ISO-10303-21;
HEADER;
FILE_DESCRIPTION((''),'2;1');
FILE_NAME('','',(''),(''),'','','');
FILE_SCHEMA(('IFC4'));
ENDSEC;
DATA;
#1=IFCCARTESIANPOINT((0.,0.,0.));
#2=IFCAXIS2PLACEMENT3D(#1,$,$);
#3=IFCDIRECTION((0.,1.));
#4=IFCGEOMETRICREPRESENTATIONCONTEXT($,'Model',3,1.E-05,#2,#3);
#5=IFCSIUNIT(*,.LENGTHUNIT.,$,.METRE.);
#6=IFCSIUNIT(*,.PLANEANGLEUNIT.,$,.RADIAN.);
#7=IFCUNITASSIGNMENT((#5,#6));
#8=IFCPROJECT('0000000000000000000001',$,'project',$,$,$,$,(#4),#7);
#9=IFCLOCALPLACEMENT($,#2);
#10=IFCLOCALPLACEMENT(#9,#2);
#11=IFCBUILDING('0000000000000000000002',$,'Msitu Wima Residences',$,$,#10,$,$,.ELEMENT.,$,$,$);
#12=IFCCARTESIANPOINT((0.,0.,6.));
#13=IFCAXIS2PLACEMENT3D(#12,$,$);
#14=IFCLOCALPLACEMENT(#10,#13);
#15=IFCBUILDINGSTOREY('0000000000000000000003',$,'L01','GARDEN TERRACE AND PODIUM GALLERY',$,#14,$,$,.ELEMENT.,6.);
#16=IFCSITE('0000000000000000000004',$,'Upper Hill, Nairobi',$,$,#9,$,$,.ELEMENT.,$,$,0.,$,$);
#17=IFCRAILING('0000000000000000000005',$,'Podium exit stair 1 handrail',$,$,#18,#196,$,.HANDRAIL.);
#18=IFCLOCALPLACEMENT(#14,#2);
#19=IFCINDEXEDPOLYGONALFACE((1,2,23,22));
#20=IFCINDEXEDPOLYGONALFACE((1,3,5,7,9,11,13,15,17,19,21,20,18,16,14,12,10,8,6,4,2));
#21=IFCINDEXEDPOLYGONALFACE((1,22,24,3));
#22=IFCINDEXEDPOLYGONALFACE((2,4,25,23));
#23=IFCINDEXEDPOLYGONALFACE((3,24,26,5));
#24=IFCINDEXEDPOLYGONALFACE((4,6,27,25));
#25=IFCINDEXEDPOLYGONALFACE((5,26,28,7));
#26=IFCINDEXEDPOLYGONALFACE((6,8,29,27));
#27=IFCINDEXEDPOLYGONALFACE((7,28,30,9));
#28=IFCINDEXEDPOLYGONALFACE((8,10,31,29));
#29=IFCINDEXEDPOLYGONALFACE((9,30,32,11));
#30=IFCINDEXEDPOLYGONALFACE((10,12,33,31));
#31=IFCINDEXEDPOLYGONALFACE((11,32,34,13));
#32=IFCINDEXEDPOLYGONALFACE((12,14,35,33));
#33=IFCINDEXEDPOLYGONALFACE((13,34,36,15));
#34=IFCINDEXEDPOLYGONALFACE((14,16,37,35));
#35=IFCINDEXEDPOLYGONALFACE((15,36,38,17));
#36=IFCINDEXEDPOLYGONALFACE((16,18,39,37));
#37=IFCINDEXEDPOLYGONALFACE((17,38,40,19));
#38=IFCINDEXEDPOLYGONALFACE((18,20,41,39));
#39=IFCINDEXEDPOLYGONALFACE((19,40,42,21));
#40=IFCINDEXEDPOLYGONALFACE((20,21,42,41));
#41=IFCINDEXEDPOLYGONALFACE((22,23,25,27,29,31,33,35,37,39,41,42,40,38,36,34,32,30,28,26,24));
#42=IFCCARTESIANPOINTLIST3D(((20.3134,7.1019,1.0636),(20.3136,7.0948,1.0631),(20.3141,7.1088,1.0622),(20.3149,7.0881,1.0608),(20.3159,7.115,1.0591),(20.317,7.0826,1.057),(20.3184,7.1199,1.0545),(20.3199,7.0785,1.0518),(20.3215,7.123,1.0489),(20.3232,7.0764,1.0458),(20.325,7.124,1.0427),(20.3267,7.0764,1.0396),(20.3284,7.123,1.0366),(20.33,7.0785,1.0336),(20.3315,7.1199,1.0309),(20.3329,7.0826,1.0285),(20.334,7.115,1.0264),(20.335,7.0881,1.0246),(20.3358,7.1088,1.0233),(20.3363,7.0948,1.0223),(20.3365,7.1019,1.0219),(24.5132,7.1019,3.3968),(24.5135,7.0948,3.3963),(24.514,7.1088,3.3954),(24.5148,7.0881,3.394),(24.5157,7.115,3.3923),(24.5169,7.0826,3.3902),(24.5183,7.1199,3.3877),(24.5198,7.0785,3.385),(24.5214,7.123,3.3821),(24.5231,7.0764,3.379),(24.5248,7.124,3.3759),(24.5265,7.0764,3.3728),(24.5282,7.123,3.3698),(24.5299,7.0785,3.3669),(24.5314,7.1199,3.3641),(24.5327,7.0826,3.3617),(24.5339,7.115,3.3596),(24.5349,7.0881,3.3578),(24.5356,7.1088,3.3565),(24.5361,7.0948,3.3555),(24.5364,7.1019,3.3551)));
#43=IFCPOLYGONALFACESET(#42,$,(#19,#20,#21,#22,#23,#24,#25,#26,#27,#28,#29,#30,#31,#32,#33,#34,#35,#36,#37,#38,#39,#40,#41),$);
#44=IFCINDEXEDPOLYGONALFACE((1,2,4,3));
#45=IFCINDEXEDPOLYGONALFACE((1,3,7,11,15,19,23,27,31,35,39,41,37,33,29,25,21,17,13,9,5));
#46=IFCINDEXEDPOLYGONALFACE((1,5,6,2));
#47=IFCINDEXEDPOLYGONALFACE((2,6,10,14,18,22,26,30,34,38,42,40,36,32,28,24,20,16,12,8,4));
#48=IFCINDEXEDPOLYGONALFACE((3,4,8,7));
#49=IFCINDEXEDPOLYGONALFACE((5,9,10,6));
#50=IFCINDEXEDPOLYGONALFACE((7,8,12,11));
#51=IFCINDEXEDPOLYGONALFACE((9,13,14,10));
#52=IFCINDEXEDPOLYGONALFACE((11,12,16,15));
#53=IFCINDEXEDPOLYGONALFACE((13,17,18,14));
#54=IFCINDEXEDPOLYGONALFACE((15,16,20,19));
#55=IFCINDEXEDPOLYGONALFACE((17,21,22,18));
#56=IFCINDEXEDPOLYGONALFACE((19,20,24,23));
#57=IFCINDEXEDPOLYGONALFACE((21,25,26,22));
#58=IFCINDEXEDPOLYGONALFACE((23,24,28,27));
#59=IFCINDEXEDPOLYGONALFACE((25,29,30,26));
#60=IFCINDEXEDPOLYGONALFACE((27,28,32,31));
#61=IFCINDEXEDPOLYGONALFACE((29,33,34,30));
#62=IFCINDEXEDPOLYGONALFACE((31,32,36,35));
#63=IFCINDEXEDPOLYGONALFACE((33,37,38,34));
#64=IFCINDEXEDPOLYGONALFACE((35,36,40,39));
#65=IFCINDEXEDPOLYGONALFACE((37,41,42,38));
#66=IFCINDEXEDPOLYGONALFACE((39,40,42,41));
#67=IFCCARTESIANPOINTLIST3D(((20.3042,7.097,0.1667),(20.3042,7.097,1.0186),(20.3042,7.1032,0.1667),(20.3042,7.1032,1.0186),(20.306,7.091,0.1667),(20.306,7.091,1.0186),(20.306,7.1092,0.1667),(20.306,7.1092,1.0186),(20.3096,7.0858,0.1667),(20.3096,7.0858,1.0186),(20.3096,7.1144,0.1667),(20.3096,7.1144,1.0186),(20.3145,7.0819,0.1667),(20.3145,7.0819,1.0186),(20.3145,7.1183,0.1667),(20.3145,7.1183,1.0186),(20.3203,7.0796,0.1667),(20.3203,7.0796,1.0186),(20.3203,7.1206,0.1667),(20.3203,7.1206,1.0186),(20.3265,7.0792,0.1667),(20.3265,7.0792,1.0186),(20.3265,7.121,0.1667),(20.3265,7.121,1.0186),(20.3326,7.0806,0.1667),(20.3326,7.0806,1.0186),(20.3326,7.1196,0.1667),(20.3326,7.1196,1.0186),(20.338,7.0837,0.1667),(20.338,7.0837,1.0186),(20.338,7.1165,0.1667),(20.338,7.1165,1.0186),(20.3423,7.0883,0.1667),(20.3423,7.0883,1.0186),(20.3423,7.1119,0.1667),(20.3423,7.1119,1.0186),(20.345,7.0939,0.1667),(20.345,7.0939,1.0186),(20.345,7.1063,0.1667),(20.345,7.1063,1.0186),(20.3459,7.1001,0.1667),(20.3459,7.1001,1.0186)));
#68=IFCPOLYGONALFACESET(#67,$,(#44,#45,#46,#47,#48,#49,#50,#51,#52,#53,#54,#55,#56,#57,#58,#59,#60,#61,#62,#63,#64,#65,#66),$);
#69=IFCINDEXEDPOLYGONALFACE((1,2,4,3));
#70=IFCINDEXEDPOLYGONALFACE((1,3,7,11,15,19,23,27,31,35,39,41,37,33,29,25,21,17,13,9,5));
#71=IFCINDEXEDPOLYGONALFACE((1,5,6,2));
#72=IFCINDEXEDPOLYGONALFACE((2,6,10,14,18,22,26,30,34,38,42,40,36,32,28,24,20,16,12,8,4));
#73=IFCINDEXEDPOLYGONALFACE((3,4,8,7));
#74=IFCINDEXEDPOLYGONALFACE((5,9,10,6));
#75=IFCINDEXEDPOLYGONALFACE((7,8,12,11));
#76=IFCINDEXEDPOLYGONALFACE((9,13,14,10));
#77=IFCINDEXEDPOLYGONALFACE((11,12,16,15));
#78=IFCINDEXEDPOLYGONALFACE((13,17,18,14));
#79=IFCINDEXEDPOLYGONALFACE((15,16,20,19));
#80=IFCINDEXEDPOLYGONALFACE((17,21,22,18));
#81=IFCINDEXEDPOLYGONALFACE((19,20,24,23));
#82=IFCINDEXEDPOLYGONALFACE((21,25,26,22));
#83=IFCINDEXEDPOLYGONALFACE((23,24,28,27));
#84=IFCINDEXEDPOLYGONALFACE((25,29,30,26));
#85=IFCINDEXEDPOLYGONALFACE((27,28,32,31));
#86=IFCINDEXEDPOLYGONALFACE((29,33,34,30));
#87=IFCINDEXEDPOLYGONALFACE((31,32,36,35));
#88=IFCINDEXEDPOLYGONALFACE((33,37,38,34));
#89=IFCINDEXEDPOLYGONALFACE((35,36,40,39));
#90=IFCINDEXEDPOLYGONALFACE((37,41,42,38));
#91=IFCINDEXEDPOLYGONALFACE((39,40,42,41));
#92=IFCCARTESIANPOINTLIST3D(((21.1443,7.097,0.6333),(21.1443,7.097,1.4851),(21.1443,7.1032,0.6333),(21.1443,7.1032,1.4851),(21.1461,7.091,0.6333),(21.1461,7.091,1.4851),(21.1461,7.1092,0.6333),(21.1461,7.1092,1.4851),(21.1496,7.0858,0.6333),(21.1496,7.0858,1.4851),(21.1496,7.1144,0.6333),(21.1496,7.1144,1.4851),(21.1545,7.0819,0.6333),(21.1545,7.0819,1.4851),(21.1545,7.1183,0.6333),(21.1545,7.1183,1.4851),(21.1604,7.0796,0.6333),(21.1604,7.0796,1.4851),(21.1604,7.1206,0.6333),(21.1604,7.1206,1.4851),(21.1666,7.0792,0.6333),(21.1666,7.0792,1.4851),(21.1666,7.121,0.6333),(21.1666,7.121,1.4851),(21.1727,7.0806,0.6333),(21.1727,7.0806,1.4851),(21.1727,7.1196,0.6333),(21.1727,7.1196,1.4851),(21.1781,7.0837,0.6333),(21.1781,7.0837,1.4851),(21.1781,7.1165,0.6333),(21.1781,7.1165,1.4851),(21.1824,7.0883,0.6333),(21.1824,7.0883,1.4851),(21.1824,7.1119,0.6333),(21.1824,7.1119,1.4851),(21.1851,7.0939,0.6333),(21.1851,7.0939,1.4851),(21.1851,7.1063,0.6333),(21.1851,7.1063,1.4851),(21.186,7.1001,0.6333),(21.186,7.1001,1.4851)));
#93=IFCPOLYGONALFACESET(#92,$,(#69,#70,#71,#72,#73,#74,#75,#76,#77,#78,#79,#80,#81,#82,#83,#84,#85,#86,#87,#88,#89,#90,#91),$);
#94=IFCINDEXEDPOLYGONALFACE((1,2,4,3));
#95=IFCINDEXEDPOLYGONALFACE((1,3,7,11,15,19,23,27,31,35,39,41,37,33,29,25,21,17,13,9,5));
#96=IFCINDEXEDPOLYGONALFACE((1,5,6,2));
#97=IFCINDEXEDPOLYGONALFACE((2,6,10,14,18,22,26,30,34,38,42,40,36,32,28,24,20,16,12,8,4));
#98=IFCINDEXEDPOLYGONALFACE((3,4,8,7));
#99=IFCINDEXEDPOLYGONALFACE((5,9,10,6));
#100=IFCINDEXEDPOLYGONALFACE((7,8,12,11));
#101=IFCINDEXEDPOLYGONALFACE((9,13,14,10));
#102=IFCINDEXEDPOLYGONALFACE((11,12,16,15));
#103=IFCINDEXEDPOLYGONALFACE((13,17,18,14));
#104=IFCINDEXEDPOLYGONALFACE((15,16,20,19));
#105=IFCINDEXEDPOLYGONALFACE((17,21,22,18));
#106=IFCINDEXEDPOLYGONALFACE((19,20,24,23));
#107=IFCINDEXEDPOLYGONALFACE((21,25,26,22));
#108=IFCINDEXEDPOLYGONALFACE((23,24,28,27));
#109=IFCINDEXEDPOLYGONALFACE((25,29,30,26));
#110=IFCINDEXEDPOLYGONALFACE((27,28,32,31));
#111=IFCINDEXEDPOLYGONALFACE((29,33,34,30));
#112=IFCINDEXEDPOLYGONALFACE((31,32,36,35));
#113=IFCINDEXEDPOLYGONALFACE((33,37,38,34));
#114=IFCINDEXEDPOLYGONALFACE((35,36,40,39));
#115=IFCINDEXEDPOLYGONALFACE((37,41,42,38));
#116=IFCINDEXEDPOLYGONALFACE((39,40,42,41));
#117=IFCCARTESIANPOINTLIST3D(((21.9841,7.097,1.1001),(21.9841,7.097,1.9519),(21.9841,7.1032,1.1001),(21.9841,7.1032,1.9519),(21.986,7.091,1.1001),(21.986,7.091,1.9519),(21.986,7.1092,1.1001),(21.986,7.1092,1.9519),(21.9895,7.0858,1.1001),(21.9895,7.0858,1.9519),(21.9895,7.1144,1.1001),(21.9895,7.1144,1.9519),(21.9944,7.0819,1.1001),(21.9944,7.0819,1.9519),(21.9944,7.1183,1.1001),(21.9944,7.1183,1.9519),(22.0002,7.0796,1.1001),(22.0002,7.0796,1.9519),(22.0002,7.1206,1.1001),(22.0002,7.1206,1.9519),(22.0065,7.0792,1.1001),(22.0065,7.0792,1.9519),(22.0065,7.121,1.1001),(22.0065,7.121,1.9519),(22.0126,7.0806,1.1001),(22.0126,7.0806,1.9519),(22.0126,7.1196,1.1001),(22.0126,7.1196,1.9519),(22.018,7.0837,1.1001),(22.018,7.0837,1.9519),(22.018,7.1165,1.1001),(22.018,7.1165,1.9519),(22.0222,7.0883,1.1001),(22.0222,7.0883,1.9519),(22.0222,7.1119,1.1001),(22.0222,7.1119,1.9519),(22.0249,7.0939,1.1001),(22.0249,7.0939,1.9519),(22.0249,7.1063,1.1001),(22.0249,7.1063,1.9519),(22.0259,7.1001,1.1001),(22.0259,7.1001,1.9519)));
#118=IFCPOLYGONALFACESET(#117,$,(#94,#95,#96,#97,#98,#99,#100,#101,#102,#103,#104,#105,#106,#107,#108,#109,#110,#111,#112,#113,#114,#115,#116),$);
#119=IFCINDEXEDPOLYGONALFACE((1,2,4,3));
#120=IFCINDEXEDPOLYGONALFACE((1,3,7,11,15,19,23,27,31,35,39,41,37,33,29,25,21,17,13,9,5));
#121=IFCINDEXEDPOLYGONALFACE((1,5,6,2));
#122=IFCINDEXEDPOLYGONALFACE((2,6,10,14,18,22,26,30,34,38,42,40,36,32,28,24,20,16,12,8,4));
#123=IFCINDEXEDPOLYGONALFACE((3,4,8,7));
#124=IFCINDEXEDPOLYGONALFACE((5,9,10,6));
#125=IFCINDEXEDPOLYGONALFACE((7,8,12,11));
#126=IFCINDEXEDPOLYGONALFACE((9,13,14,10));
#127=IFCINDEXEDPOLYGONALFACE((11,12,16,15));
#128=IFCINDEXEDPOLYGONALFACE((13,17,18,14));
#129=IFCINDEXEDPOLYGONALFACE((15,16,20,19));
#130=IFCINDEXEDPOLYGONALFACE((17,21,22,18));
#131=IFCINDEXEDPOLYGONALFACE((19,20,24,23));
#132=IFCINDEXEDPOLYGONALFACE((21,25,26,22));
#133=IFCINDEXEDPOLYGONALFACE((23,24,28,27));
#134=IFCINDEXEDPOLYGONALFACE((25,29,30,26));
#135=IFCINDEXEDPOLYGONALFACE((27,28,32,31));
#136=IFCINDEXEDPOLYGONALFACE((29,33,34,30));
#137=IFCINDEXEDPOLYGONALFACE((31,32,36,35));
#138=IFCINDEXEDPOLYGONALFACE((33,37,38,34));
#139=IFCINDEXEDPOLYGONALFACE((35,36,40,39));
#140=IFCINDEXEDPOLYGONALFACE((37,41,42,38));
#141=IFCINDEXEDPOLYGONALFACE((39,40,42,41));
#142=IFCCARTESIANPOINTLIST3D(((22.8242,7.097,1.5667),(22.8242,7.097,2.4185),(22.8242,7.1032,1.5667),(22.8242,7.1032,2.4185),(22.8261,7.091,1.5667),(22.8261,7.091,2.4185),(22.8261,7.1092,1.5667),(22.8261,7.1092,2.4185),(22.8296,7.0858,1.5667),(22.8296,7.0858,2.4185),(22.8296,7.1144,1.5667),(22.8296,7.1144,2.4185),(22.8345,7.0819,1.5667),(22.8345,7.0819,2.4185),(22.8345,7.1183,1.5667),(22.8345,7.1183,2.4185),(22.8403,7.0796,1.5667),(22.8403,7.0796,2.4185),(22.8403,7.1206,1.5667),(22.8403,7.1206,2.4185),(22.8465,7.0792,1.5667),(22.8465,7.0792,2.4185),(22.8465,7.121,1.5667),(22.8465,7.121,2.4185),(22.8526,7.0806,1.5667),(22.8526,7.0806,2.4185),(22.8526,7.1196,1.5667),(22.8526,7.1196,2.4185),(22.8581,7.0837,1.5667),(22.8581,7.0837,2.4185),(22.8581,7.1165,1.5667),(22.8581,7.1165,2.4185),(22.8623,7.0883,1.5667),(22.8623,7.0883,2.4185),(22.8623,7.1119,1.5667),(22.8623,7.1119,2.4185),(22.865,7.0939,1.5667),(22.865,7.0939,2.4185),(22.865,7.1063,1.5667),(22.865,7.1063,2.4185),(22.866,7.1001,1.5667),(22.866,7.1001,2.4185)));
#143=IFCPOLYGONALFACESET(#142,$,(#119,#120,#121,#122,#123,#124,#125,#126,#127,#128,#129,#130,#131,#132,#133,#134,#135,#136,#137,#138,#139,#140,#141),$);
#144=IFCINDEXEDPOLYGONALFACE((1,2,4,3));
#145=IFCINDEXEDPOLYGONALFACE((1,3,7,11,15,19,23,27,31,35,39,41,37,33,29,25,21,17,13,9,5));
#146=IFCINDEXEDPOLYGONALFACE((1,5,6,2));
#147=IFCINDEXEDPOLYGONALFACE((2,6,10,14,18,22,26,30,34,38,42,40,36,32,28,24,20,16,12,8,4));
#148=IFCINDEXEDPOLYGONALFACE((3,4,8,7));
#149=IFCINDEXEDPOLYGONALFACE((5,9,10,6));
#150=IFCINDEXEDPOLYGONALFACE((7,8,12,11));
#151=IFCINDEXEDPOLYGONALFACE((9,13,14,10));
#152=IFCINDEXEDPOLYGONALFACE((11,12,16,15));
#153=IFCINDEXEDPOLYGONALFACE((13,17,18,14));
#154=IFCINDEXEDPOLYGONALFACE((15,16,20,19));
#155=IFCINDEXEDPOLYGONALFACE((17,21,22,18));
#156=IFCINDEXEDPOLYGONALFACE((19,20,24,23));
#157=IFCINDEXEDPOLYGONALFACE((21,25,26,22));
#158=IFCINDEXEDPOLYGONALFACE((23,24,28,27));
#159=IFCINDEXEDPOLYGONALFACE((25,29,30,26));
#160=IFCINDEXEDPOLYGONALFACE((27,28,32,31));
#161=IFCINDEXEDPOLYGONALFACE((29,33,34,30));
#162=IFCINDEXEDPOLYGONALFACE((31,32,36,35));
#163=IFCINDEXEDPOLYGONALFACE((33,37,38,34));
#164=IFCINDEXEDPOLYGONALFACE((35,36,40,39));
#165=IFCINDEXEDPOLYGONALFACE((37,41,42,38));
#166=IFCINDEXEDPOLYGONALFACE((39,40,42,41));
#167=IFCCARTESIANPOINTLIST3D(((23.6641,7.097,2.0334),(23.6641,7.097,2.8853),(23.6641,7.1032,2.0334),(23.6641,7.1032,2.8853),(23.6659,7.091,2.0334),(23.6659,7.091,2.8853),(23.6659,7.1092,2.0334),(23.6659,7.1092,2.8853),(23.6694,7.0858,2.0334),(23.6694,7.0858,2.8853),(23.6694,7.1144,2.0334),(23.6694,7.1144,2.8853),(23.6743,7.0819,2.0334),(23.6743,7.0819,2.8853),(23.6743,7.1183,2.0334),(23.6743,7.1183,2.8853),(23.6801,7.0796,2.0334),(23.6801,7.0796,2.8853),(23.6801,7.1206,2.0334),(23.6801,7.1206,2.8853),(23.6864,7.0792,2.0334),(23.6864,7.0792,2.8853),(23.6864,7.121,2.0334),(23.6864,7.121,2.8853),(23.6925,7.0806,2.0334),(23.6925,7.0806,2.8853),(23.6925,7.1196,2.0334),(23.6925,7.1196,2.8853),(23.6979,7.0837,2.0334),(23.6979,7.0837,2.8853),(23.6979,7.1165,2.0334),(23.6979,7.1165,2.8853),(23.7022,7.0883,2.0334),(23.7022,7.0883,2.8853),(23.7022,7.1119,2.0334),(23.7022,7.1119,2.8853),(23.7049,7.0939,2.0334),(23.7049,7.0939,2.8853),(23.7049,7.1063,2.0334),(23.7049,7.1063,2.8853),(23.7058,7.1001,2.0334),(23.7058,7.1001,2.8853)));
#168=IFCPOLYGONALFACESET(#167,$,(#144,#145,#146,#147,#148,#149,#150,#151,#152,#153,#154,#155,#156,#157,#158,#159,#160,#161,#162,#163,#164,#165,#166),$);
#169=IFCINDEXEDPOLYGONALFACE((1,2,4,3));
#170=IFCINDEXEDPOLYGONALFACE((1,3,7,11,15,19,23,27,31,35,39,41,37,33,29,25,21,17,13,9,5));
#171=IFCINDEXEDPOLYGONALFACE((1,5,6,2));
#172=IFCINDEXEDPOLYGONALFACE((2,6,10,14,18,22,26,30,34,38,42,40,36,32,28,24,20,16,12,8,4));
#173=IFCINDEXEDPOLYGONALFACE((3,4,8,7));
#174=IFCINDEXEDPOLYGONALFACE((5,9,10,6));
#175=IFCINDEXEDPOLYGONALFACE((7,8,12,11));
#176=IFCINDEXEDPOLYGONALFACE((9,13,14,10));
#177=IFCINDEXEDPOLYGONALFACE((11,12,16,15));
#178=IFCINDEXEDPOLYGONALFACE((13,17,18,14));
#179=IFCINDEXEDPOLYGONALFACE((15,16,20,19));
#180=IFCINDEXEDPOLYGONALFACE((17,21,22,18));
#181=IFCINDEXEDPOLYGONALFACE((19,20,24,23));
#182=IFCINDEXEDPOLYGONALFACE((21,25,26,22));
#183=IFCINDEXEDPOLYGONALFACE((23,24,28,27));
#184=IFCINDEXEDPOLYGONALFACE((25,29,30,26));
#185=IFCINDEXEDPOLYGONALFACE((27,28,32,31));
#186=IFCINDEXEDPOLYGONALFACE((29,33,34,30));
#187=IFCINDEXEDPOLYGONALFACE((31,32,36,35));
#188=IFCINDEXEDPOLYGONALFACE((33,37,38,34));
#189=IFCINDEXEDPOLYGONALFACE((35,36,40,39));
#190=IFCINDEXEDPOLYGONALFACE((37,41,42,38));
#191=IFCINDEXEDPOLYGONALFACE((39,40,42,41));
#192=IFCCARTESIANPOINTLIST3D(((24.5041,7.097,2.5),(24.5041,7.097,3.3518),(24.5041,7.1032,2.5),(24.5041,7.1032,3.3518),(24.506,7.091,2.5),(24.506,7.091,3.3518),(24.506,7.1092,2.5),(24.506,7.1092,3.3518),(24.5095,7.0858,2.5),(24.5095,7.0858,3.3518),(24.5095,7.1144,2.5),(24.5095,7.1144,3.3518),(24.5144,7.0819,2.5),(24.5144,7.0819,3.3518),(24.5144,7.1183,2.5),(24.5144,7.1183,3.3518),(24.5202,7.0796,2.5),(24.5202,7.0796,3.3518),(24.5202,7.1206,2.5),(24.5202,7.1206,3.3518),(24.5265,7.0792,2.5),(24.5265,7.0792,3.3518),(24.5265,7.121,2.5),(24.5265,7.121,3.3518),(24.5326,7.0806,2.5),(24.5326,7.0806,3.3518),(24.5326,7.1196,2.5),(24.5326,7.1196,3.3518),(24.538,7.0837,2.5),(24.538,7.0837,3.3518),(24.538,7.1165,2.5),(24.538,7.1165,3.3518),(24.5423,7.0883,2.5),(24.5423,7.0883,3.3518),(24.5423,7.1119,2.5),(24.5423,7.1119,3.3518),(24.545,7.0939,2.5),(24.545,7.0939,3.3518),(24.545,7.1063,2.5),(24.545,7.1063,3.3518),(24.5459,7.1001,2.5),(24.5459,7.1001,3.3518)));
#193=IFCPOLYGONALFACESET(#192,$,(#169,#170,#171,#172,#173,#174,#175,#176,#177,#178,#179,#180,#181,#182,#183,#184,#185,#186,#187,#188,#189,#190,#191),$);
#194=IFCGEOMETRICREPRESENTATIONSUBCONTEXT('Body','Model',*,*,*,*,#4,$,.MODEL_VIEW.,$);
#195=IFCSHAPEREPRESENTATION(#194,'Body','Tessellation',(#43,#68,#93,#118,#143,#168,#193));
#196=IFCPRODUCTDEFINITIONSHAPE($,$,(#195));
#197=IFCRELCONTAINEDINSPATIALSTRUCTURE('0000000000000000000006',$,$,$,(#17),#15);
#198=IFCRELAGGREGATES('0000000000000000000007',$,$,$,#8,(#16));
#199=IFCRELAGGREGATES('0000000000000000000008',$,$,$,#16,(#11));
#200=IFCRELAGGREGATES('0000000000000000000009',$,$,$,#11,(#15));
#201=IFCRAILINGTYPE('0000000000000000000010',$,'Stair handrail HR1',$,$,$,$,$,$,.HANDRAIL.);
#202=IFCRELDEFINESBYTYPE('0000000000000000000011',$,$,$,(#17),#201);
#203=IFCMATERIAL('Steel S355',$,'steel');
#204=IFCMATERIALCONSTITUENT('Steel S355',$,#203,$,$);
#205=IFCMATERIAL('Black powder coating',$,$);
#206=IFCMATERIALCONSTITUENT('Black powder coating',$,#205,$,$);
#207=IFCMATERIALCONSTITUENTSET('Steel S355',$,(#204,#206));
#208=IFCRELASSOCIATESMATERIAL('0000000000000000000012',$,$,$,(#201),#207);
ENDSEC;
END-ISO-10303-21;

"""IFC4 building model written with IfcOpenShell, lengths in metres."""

from ifc_helpers import new_model, si_unit, direction, frame, origin, origin_2d, place, context, subcontext, project, spatial, circle, extrude, material, constituent, constituent_set, type_object, element, save


model = new_model("IFC4")

# Units and contexts
model_context = context("Model", 3, precision=1e-05, world=origin(), true_north=direction((0.0, 1.0)))
body_context = subcontext(model_context, "Body", "Model", "MODEL_VIEW")
ifc_project = project(units=[si_unit("LENGTHUNIT", "METRE"), si_unit("PLANEANGLEUNIT", "RADIAN")], contexts=[model_context])

# Site, building, storey
site_placement = place(None, origin())
site = spatial("IfcSite", under=ifc_project, at=site_placement, Name="Upper Hill, Nairobi", CompositionType="ELEMENT", RefElevation=0.0)
building_placement = place(site_placement, origin())
building = spatial("IfcBuilding", under=site, at=building_placement, Name="Msitu Wima Residences", CompositionType="ELEMENT")
storey_placement = place(building_placement, frame((0.0, 0.0, 6.0)))
storey = spatial("IfcBuildingStorey", under=building, at=storey_placement, Name="L01", Description="GARDEN TERRACE AND PODIUM GALLERY", CompositionType="ELEMENT", Elevation=6.0)

# Railing
ifc_material_1 = material(Name="Steel S355", Category="steel")
ifc_constituent_1 = constituent(ifc_material_1, Name="Steel S355")
ifc_material_2 = material(Name="Black powder coating")
ifc_constituent_2 = constituent(ifc_material_2, Name="Black powder coating")
ifc_constituent_set = constituent_set(constituents=[ifc_constituent_1, ifc_constituent_2], Name="Steel S355")
railing_type = type_object("IfcRailingType", Name="Stair handrail HR1", PredefinedType="HANDRAIL", material=ifc_constituent_set)
railing_placement = place(storey_placement, frame((20.325, 7.1001, 0.1667)))
element("IfcRailing", 1, at=railing_placement, inside=storey, type_object=railing_type, Name="Podium exit stair 1 handrail", PredefinedType="HANDRAIL", context=body_context, shape_type="SweptSolid", body=[
    extrude(circle(Radius=0.0239, at=origin_2d()), frame((0.0, 0.0, 0.876), z_axis=(0.874162, 0.0, 0.485634), x_axis=(0.0, 1.0, 0.0)), (0.0, 0.0, 1.0), 4.8044),
    extrude(circle(Radius=0.021, at=origin_2d()), origin(), (0.0, 0.0, 1.0), 0.8518),
    extrude(circle(Radius=0.021, at=origin_2d()), frame((0.8401, 0.0, 0.4666)), (0.0, 0.0, 1.0), 0.8518),
    extrude(circle(Radius=0.021, at=origin_2d()), frame((1.6799, 0.0, 0.9333)), (0.0, 0.0, 1.0), 0.8518),
    extrude(circle(Radius=0.021, at=origin_2d()), frame((2.52, 0.0, 1.3999)), (0.0, 0.0, 1.0), 0.8518),
    extrude(circle(Radius=0.021, at=origin_2d()), frame((3.3599, 0.0, 1.8667)), (0.0, 0.0, 1.0), 0.8518),
    extrude(circle(Radius=0.021, at=origin_2d()), frame((4.2, 0.0, 2.3333)), (0.0, 0.0, 1.0), 0.8518),
])

save(model, "model.ifc")
